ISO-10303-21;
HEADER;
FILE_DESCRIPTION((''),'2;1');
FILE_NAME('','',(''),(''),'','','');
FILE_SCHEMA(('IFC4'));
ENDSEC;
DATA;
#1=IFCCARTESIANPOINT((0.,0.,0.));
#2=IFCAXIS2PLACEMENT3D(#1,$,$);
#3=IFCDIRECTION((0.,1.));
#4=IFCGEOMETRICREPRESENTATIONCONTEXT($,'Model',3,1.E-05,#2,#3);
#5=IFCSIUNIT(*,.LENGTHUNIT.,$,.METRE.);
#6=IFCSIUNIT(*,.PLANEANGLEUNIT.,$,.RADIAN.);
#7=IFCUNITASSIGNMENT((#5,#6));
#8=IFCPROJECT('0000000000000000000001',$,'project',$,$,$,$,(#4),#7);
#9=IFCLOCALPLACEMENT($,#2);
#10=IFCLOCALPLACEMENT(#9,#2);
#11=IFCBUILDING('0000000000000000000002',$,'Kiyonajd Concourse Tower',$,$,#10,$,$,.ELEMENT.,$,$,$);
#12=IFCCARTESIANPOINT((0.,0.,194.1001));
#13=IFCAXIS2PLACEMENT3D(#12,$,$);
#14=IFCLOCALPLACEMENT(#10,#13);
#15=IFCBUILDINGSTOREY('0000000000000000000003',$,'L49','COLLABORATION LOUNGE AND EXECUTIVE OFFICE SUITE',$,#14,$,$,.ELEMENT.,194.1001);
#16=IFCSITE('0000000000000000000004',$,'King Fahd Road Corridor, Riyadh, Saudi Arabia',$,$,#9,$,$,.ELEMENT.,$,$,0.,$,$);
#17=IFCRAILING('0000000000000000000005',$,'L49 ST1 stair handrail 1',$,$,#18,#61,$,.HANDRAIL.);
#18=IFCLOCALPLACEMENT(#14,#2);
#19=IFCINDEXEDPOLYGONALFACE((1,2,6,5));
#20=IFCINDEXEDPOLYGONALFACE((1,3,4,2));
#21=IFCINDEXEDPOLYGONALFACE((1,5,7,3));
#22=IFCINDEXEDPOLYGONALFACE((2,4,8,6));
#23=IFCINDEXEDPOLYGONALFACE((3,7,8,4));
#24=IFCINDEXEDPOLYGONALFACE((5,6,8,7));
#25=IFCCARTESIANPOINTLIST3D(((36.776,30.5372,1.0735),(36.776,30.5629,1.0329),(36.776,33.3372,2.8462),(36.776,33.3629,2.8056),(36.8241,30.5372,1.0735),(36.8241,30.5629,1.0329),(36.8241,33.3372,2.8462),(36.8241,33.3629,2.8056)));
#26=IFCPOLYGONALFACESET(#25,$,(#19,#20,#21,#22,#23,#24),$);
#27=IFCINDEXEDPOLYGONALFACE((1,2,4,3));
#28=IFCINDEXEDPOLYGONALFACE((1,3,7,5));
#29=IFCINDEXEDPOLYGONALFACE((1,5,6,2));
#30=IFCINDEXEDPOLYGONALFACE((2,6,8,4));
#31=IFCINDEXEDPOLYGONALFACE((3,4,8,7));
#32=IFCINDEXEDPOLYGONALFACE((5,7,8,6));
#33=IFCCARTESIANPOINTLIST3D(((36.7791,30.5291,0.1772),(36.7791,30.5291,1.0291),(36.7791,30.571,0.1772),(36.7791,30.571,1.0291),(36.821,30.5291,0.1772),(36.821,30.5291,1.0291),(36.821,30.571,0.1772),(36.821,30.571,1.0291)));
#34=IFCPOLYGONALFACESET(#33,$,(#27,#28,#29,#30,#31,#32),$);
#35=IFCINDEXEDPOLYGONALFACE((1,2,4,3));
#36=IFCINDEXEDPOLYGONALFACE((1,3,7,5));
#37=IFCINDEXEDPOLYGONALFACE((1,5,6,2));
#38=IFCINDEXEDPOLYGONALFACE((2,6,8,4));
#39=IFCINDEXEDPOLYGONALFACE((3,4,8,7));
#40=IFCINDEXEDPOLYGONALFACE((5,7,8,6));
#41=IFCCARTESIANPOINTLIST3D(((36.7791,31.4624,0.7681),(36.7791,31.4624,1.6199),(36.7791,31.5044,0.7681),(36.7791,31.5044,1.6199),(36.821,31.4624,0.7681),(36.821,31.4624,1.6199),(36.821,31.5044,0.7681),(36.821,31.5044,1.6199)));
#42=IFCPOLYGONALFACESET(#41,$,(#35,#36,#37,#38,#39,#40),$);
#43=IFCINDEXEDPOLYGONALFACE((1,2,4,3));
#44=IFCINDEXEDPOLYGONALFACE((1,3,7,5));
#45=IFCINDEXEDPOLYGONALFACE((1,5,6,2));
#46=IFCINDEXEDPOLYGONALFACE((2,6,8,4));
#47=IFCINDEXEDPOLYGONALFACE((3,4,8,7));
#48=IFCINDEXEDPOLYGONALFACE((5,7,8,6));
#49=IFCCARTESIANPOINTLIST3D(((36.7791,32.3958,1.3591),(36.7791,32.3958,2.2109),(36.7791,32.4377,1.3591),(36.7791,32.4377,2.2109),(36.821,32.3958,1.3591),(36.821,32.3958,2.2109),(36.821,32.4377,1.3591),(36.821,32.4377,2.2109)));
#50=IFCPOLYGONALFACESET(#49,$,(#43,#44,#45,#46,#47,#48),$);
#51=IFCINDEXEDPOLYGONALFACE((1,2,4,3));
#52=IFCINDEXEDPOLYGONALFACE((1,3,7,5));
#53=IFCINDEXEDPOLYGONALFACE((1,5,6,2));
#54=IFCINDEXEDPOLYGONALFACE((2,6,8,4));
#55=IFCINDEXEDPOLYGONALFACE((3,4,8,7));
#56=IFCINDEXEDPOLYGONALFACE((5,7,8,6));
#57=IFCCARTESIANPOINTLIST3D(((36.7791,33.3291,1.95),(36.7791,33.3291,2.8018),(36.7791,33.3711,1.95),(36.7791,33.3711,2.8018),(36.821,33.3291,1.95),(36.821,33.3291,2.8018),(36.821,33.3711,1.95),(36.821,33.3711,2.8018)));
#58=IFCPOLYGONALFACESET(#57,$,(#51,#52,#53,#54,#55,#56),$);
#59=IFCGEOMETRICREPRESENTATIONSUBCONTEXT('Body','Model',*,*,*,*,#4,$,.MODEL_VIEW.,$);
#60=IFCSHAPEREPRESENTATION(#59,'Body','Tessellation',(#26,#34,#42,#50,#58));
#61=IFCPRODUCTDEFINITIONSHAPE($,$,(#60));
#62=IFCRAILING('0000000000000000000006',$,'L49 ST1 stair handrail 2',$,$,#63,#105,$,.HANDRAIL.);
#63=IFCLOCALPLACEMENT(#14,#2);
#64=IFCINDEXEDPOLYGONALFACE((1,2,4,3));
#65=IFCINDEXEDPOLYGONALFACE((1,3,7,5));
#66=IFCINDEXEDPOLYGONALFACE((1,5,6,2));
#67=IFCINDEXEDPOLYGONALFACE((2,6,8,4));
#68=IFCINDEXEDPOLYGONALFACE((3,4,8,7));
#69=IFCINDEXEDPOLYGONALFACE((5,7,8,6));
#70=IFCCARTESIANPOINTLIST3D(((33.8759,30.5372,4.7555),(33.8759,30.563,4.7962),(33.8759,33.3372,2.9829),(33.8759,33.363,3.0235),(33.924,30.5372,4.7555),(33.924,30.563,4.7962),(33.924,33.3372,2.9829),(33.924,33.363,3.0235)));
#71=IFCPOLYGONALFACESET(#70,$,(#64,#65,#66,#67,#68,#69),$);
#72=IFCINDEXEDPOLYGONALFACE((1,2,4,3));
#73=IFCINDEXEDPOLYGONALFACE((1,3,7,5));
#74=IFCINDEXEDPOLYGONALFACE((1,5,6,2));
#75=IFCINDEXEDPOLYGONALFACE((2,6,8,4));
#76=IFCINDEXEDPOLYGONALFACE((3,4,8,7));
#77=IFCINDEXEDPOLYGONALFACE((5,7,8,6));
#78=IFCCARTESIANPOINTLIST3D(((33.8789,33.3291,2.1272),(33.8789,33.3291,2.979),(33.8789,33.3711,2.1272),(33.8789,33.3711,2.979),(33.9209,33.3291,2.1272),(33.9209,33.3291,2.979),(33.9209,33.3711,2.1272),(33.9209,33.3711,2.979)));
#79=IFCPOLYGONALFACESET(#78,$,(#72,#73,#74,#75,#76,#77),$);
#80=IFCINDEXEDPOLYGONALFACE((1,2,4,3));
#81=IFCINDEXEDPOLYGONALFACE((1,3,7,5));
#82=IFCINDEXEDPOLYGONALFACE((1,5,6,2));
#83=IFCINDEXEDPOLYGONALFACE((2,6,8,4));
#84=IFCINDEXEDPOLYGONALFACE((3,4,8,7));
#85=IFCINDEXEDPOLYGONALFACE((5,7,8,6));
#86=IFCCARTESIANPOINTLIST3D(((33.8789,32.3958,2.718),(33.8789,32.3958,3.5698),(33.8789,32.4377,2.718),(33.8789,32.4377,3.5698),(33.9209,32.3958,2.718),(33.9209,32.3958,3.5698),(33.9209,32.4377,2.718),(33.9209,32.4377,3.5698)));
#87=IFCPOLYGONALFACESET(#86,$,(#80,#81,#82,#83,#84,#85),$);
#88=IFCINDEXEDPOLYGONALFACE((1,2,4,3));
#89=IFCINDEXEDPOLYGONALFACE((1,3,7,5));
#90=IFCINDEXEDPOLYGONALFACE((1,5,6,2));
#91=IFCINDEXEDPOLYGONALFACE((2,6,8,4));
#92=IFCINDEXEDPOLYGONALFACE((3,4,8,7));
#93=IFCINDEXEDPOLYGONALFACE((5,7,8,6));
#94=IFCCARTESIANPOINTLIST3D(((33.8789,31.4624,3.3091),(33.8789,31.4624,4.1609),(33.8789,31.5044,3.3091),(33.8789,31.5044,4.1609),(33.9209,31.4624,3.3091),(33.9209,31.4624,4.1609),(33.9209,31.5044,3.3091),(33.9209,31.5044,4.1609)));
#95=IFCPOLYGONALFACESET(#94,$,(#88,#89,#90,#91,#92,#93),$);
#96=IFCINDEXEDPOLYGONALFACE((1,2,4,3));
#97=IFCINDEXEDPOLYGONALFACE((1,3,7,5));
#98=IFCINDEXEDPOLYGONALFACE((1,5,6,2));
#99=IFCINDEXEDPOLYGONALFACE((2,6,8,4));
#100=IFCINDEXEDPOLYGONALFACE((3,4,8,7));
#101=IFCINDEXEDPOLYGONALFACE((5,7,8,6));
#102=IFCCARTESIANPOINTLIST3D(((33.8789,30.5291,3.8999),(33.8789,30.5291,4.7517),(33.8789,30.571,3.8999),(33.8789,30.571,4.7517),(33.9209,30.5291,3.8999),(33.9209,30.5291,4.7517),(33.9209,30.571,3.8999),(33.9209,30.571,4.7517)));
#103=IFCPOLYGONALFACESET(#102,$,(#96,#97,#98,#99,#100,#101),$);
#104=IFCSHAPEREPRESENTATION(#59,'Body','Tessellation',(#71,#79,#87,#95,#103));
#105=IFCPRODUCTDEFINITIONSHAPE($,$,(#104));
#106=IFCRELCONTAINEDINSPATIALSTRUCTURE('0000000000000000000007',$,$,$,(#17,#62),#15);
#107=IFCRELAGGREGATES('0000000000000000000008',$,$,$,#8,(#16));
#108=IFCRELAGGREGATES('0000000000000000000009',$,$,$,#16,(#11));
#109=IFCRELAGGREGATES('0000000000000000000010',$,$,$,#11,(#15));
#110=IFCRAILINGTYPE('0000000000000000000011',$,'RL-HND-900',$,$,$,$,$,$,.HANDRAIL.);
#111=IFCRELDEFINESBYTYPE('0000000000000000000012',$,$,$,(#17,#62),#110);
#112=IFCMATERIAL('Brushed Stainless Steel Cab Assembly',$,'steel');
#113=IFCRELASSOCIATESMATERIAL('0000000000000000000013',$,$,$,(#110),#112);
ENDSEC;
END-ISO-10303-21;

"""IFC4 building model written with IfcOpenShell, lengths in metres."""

from ifc_helpers import new_model, si_unit, direction, frame, origin, origin_2d, place, context, subcontext, project, spatial, rectangle, extrude, material, type_object, element, save


model = new_model("IFC4")

# Units and contexts
model_context = context("Model", 3, precision=1e-05, world=origin(), true_north=direction((0.0, 1.0)))
body_context = subcontext(model_context, "Body", "Model", "MODEL_VIEW")
ifc_project = project(units=[si_unit("LENGTHUNIT", "METRE"), si_unit("PLANEANGLEUNIT", "RADIAN")], contexts=[model_context])

# Site, building, storey
site_placement = place(None, origin())
site = spatial("IfcSite", under=ifc_project, at=site_placement, Name="King Fahd Road Corridor, Riyadh, Saudi Arabia", CompositionType="ELEMENT", RefElevation=0.0)
building_placement = place(site_placement, origin())
building = spatial("IfcBuilding", under=site, at=building_placement, Name="Kiyonajd Concourse Tower", CompositionType="ELEMENT")
storey_placement = place(building_placement, frame((0.0, 0.0, 194.1001)))
storey = spatial("IfcBuildingStorey", under=building, at=storey_placement, Name="L49", Description="COLLABORATION LOUNGE AND EXECUTIVE OFFICE SUITE", CompositionType="ELEMENT", Elevation=194.1001)

# Shared definitions
ifc_material_1 = material(Name="Brushed Stainless Steel Cab Assembly", Category="steel")

# Railings
railing_type_1 = type_object("IfcRailingType", Name="RL-HND-900", PredefinedType="HANDRAIL", material=ifc_material_1)
railing_1_placement = place(storey_placement, frame((36.8, 30.55, 0.1772)))
element("IfcRailing", 1, at=railing_1_placement, inside=storey, type_object=railing_type_1, Name="L49 ST1 stair handrail 1", PredefinedType="HANDRAIL", context=body_context, shape_type="SweptSolid", body=[
    extrude(rectangle(XDim=0.0481, YDim=0.0481, at=origin_2d()), frame((0.0, 0.0, 0.876), z_axis=(0.0, 0.844909, 0.53491), x_axis=(-1.0, 0.0, 0.0)), (0.0, 0.0, 1.0), 3.314),
    extrude(rectangle(XDim=0.042, YDim=0.042, at=origin_2d()), origin(), (0.0, 0.0, 1.0), 0.8518),
    extrude(rectangle(XDim=0.042, YDim=0.042, at=origin_2d()), frame((0.0, 0.9333, 0.5908)), (0.0, 0.0, 1.0), 0.8518),
    extrude(rectangle(XDim=0.042, YDim=0.042, at=origin_2d()), frame((0.0, 1.8667, 1.1819)), (0.0, 0.0, 1.0), 0.8518),
    extrude(rectangle(XDim=0.042, YDim=0.042, at=origin_2d()), frame((0.0, 2.8, 1.7727)), (0.0, 0.0, 1.0), 0.8518),
])
railing_2_placement = place(storey_placement, frame((33.8999, 33.3501, 2.1272)))
element("IfcRailing", 2, at=railing_2_placement, inside=storey, type_object=railing_type_1, Name="L49 ST1 stair handrail 2", PredefinedType="HANDRAIL", context=body_context, shape_type="SweptSolid", body=[
    extrude(rectangle(XDim=0.0481, YDim=0.0481, at=origin_2d()), frame((0.0, 0.0, 0.876), z_axis=(0.0, -0.844909, 0.53491), x_axis=(1.0, 0.0, 0.0)), (0.0, 0.0, 1.0), 3.314),
    extrude(rectangle(XDim=0.042, YDim=0.042, at=origin_2d()), origin(), (0.0, 0.0, 1.0), 0.8518),
    extrude(rectangle(XDim=0.042, YDim=0.042, at=origin_2d()), frame((0.0, -0.9333, 0.5908)), (0.0, 0.0, 1.0), 0.8518),
    extrude(rectangle(XDim=0.042, YDim=0.042, at=origin_2d()), frame((0.0, -1.8667, 1.1819)), (0.0, 0.0, 1.0), 0.8518),
    extrude(rectangle(XDim=0.042, YDim=0.042, at=origin_2d()), frame((0.0, -2.8, 1.7727)), (0.0, 0.0, 1.0), 0.8518),
])

save(model, "model.ifc")
